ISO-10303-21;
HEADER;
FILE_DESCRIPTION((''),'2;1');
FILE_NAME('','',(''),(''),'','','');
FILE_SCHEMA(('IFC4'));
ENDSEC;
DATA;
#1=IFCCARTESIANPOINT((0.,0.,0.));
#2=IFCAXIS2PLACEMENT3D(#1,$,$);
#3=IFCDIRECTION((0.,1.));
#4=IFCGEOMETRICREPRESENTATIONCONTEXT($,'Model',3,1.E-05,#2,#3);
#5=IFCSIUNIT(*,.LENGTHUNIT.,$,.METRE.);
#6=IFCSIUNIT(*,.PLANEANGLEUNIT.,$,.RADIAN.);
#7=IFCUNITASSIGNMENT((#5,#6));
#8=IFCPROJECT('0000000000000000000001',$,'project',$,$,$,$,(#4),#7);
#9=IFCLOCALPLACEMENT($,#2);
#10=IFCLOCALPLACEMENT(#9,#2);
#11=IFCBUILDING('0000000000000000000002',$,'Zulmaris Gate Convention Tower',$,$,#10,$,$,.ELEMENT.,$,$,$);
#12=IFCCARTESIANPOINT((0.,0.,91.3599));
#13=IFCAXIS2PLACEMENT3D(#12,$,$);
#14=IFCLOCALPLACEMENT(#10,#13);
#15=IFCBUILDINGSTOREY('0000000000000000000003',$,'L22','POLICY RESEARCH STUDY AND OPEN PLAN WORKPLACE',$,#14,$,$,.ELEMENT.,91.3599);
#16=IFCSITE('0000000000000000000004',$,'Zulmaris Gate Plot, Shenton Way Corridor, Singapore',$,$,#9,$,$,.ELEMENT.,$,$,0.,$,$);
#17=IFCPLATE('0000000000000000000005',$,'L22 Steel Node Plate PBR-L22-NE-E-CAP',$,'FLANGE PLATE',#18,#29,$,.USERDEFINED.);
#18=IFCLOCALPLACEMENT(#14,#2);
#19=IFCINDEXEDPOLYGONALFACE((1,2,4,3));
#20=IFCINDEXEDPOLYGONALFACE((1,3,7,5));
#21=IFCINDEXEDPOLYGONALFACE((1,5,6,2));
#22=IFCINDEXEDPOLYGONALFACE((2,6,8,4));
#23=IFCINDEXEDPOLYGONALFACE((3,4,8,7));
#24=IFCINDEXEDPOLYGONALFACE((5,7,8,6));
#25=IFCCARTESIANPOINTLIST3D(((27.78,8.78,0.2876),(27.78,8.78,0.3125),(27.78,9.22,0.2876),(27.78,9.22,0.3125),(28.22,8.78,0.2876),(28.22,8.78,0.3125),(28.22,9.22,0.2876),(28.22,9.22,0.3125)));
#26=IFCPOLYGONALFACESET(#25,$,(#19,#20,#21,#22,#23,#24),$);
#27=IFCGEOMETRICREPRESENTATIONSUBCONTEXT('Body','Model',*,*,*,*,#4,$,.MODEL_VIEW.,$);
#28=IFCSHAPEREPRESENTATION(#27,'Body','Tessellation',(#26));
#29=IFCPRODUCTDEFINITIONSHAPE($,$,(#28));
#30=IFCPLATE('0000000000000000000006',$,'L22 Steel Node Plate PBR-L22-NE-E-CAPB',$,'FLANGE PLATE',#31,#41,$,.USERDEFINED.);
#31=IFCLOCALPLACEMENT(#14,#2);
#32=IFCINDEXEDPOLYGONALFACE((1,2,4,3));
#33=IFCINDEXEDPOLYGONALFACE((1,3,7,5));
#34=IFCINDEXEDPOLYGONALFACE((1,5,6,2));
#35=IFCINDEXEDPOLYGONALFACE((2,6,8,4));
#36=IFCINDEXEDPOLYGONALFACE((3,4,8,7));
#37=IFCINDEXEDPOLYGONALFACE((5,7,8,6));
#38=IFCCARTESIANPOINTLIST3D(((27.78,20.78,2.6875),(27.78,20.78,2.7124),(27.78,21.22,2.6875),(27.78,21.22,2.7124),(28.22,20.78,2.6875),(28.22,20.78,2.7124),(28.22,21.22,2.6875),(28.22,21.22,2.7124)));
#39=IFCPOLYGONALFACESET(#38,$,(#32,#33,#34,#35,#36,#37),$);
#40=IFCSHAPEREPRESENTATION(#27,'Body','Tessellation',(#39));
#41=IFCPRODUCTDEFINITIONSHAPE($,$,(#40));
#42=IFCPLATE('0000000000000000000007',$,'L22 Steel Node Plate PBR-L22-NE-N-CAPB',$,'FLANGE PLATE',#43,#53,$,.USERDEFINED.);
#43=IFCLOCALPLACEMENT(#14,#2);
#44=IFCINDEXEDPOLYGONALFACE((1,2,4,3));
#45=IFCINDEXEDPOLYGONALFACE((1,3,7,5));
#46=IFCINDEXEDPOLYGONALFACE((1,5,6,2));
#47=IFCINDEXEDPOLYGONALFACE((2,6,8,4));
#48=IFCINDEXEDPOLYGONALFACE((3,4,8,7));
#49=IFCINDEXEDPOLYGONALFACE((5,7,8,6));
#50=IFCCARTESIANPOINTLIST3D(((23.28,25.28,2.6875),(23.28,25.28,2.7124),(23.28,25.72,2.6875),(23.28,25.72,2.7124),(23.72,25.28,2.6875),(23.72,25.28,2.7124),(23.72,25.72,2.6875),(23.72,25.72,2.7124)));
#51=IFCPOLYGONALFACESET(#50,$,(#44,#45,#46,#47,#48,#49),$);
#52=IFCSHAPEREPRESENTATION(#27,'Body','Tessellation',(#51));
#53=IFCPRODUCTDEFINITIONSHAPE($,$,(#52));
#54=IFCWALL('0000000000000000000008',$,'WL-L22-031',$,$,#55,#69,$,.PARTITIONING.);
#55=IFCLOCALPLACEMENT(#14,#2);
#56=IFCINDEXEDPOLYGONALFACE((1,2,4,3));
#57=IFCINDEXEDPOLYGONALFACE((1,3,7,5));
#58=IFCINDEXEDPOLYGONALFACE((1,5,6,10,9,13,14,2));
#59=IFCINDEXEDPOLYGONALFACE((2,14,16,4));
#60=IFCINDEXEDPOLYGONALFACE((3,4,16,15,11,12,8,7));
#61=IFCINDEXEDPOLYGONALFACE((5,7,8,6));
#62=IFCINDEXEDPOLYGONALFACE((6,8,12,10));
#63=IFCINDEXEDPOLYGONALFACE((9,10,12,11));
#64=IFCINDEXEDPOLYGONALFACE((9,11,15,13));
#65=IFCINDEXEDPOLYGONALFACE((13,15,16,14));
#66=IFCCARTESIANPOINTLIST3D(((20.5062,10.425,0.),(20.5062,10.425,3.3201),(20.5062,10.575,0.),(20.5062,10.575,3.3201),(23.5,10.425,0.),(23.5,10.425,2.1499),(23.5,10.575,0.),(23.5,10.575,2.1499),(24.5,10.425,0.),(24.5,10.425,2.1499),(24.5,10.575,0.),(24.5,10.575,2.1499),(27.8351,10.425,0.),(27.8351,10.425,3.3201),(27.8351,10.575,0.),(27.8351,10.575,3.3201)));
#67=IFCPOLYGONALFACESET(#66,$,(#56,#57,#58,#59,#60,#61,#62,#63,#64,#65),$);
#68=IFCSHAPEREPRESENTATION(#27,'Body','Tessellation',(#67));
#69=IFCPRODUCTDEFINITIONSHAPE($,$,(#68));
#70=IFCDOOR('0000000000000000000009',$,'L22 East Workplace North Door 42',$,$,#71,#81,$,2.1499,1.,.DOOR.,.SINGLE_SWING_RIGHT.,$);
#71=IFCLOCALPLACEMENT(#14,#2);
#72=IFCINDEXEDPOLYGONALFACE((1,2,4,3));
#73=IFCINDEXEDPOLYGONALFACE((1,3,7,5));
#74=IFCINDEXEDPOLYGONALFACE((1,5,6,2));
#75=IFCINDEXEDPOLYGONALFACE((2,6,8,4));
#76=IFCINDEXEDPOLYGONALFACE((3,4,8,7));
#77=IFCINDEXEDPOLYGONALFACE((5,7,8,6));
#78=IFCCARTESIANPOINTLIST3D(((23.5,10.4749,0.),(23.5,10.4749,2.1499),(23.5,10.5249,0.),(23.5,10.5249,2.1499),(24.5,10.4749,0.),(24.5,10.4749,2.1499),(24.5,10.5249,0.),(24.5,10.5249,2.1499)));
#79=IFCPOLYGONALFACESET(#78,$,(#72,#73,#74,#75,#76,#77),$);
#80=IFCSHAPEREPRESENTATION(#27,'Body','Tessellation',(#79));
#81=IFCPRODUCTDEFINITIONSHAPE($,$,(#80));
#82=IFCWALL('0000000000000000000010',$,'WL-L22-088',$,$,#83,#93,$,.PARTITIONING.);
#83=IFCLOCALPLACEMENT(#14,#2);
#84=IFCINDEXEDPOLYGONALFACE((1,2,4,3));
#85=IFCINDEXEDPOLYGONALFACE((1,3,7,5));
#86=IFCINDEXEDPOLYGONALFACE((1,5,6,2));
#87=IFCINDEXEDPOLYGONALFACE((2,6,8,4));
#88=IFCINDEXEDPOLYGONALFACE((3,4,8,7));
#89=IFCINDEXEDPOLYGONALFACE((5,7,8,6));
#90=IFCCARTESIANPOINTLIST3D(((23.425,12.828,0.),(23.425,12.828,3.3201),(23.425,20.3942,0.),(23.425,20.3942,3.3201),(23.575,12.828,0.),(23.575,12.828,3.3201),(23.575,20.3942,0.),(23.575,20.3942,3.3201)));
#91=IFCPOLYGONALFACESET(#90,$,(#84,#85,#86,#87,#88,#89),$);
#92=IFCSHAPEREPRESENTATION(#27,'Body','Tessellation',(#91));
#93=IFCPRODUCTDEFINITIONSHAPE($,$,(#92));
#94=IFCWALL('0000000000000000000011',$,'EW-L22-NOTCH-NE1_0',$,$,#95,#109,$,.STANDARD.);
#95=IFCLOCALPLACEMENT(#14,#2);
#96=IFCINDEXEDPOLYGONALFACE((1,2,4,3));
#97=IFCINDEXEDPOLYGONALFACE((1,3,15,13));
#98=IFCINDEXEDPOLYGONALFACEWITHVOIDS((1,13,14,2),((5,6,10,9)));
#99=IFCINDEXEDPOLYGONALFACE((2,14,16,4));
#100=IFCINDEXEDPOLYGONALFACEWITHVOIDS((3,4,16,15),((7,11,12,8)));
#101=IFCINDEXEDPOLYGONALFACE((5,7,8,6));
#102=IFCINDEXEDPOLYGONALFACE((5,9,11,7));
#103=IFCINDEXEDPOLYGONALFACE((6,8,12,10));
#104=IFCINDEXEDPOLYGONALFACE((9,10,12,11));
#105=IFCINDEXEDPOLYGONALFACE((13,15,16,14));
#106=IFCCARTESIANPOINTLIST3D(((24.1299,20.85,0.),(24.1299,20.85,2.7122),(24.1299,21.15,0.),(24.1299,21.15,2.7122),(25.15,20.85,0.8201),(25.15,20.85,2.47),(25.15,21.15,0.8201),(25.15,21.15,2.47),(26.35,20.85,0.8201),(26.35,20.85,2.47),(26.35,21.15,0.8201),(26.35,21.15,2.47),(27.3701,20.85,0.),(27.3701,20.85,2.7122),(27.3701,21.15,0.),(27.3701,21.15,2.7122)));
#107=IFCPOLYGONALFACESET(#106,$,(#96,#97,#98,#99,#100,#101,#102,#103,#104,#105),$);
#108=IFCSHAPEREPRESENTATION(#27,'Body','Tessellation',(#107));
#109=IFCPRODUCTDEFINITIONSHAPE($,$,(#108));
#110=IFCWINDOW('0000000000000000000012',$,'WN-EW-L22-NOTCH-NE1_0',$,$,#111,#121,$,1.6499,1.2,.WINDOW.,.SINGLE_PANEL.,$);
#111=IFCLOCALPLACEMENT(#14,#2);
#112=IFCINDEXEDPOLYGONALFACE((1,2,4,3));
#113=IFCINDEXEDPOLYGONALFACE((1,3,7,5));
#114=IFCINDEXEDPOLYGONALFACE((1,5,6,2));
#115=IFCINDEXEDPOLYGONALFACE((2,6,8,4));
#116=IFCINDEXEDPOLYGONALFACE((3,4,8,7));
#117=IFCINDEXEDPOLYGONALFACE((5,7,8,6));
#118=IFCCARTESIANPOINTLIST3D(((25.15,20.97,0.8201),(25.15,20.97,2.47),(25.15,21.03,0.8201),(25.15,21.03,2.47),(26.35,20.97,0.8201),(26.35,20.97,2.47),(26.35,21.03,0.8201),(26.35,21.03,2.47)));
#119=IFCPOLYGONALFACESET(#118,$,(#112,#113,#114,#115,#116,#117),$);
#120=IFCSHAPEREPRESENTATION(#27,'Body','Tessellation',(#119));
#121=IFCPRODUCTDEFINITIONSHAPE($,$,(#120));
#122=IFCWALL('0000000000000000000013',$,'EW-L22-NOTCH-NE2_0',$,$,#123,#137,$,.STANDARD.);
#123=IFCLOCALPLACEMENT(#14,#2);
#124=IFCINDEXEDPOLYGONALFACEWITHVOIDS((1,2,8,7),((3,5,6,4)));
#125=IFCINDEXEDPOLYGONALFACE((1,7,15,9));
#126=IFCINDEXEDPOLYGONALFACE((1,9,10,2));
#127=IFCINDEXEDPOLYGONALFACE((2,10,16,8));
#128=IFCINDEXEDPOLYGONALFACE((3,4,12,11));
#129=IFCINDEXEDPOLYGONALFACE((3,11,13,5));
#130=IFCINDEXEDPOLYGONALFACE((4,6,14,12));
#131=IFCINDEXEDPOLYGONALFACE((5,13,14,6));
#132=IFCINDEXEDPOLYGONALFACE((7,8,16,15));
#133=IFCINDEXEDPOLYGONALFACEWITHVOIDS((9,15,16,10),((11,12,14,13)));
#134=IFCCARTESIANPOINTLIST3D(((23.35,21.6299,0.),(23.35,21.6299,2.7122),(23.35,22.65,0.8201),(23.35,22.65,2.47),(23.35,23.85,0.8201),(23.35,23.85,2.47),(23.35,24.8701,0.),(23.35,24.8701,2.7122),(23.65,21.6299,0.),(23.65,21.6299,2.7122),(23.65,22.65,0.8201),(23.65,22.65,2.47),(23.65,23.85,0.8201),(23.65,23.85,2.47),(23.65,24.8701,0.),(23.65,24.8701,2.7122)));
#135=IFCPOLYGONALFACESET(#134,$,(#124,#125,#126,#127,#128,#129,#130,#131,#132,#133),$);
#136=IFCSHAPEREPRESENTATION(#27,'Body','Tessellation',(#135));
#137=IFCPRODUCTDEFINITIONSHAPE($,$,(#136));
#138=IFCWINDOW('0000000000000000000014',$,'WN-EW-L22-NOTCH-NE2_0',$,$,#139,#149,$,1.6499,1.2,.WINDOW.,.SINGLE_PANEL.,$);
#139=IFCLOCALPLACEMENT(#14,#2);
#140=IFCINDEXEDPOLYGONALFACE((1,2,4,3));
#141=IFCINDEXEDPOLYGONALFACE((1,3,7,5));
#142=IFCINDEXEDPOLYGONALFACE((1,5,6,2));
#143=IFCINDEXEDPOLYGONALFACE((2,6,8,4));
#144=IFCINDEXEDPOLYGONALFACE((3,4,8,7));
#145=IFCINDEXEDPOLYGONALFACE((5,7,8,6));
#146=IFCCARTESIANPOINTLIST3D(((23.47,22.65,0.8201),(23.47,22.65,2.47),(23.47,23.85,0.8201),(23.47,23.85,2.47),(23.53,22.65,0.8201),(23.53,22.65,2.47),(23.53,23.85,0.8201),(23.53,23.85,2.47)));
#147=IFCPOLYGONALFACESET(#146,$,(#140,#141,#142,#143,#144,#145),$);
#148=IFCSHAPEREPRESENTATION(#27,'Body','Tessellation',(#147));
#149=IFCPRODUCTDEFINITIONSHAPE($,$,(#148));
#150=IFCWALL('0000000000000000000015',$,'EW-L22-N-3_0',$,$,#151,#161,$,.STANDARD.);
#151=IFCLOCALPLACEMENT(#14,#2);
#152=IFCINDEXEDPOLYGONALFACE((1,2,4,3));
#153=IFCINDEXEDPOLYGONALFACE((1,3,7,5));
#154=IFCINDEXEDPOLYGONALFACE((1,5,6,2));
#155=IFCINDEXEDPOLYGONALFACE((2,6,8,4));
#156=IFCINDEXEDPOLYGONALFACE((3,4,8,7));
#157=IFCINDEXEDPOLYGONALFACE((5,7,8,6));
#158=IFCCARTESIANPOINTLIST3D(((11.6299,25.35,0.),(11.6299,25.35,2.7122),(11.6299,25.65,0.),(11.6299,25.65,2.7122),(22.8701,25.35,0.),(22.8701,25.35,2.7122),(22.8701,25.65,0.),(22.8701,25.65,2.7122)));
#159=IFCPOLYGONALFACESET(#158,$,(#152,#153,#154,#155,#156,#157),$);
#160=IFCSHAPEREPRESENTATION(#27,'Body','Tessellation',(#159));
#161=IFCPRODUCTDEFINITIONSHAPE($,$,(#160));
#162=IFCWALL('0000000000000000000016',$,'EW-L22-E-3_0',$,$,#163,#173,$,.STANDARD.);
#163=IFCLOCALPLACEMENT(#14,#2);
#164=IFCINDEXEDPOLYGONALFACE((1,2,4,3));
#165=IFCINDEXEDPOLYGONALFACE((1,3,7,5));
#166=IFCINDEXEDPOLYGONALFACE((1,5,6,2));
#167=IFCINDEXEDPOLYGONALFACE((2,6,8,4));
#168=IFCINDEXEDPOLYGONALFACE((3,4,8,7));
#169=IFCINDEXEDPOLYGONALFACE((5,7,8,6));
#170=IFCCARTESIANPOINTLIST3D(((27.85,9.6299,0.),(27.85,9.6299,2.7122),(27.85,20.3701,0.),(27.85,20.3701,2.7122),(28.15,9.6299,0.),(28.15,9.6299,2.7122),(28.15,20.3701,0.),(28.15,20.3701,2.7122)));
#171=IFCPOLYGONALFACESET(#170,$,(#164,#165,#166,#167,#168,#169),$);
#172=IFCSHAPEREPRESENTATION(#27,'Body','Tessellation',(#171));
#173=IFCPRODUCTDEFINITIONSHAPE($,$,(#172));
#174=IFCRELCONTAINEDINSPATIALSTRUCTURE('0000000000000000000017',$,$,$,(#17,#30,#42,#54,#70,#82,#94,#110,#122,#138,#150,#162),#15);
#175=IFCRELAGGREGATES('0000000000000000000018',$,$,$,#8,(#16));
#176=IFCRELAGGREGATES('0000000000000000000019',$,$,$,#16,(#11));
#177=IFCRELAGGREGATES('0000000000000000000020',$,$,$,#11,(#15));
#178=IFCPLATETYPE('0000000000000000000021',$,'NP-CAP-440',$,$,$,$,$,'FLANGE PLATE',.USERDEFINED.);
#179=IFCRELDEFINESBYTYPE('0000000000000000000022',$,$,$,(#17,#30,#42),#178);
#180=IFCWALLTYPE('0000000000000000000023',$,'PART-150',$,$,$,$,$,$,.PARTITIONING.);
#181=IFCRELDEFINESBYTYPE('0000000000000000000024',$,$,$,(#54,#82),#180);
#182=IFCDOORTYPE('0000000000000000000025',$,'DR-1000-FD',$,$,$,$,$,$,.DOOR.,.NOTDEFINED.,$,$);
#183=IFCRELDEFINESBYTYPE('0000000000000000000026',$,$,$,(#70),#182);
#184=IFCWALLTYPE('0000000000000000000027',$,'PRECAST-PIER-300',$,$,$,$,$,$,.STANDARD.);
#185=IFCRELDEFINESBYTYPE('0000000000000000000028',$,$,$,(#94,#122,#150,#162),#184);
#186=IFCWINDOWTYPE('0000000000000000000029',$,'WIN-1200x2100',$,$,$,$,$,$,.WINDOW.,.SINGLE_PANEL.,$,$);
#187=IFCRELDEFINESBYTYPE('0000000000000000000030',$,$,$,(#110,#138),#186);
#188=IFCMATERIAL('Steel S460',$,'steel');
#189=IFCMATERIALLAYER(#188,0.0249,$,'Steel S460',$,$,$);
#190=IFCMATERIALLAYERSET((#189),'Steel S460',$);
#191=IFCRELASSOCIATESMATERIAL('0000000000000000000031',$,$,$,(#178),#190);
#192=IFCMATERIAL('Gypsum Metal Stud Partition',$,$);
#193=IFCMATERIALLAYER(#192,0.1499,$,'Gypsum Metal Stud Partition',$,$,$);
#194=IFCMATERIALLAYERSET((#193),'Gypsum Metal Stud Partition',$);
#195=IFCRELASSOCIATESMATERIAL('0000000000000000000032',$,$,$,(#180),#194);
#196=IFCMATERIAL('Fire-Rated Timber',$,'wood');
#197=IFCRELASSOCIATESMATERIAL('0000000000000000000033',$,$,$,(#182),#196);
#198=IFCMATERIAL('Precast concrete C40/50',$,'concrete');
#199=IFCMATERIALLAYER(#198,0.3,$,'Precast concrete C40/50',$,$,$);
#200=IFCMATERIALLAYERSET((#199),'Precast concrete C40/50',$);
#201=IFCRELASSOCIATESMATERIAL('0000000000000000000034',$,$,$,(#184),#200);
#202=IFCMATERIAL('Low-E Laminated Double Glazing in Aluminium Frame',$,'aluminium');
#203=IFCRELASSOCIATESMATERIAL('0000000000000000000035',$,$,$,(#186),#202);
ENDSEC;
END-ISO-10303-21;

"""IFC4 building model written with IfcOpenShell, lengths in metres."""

from ifc_helpers import new_model, si_unit, direction, frame, frame_2d, origin, origin_2d, place, context, subcontext, project, spatial, rectangle, extrude, material, layer, layer_set, type_object, element, fill, save


model = new_model("IFC4")

# Units and contexts
model_context = context("Model", 3, precision=1e-05, world=origin(), true_north=direction((0.0, 1.0)))
body_context = subcontext(model_context, "Body", "Model", "MODEL_VIEW")
ifc_project = project(units=[si_unit("LENGTHUNIT", "METRE"), si_unit("PLANEANGLEUNIT", "RADIAN")], contexts=[model_context])

# Site, building, storey
site_placement = place(None, origin())
site = spatial("IfcSite", under=ifc_project, at=site_placement, Name="Zulmaris Gate Plot, Shenton Way Corridor, Singapore", CompositionType="ELEMENT", RefElevation=0.0)
building_placement = place(site_placement, origin())
building = spatial("IfcBuilding", under=site, at=building_placement, Name="Zulmaris Gate Convention Tower", CompositionType="ELEMENT")
storey_placement = place(building_placement, frame((0.0, 0.0, 91.3599)))
storey = spatial("IfcBuildingStorey", under=building, at=storey_placement, Name="L22", Description="POLICY RESEARCH STUDY AND OPEN PLAN WORKPLACE", CompositionType="ELEMENT", Elevation=91.3599)

# Shared definitions
ifc_material_1 = material(Name="Steel S460", Category="steel")

# Plates
ifc_layer_1 = layer(ifc_material_1, 0.0249, Name="Steel S460")
ifc_layer_set_1 = layer_set([ifc_layer_1], Name="Steel S460")
plate_type = type_object("IfcPlateType", Name="NP-CAP-440", ElementType="FLANGE PLATE", PredefinedType="USERDEFINED", material=ifc_layer_set_1)
for number, where, z_axis, x_axis, name in (
    (1, (28.0, 9.0, 0.2876), (0.0, 0.0, 1.0), (1.0, 0.0, 0.0), "L22 Steel Node Plate PBR-L22-NE-E-CAP"),
    (2, (28.0, 21.0, 2.6875), (0.0, 0.0, 1.0), (1.0, 0.0, 0.0), "L22 Steel Node Plate PBR-L22-NE-E-CAPB"),
    (3, (23.5, 25.5, 2.6875), (0.0, 0.0, 1.0), (1.0, 0.0, 0.0), "L22 Steel Node Plate PBR-L22-NE-N-CAPB"),
):
    element("IfcPlate", number, at=place(storey_placement, frame(where, z_axis=z_axis, x_axis=x_axis)), inside=storey, type_object=plate_type, Name=name, ObjectType="FLANGE PLATE", PredefinedType="USERDEFINED", context=body_context, shape_type="SweptSolid", body=[
        extrude(rectangle(XDim=0.4399, YDim=0.4399, at=origin_2d()), origin(), (0.0, 0.0, 1.0), 0.0249),
    ])

# Wall, opening, door
ifc_material_2 = material(Name="Gypsum Metal Stud Partition")
ifc_layer_2 = layer(ifc_material_2, 0.1499, Name="Gypsum Metal Stud Partition")
ifc_layer_set_2 = layer_set([ifc_layer_2], Name="Gypsum Metal Stud Partition")
wall_type_1 = type_object("IfcWallType", Name="PART-150", PredefinedType="PARTITIONING", material=ifc_layer_set_2)
wall_1_placement = place(storey_placement, frame((20.5061, 10.5, 0.0), z_axis=(0.0, 0.0, 1.0), x_axis=(1.0, 0.0, 0.0)))
wall_1 = element("IfcWall", 4, at=wall_1_placement, inside=storey, type_object=wall_type_1, Name="WL-L22-031", PredefinedType="PARTITIONING", context=body_context, shape_type="SweptSolid", body=[
    extrude(rectangle(XDim=7.3289, YDim=0.1499, at=frame_2d((3.6646, 0.0))), origin(), (0.0, 0.0, 1.0), 3.3201),
])
opening_1_placement = place(wall_1_placement, frame((2.9939, 0.0, 0.0)))
opening_1 = element("IfcOpeningElement", 5, at=opening_1_placement, cuts=wall_1, PredefinedType="OPENING", context=body_context, shape_type="SweptSolid", body=[
    extrude(rectangle(XDim=1.0, YDim=2.1499, at=frame_2d((0.5, 1.075))), frame((0.0, 0.085, 0.0), z_axis=(0.0, -1.0, 0.0), x_axis=(1.0, 0.0, 0.0)), (0.0, 0.0, 1.0), 0.1699),
])
ifc_material_3 = material(Name="Fire-Rated Timber", Category="wood")
door_type_1 = type_object("IfcDoorType", Name="DR-1000-FD", OperationType="NOTDEFINED", PredefinedType="DOOR", material=ifc_material_3)
door_1_placement = place(opening_1_placement, origin())
door_1 = element("IfcDoor", 6, at=door_1_placement, inside=storey, type_object=door_type_1, Name="L22 East Workplace North Door 42", OperationType="SINGLE_SWING_RIGHT", OverallHeight=2.1499, OverallWidth=1.0, PredefinedType="DOOR", context=body_context, shape_type="SweptSolid", body=[
    extrude(rectangle(XDim=1.0, YDim=2.1499, at=frame_2d((0.5, 1.075))), frame((0.0, 0.0249, 0.0), z_axis=(0.0, -1.0, 0.0), x_axis=(1.0, 0.0, 0.0)), (0.0, 0.0, 1.0), 0.05),
])
fill(opening_1, door_1)

# Wall
wall_2_placement = place(storey_placement, frame((23.5, 12.8279, 0.0), z_axis=(0.0, 0.0, 1.0), x_axis=(0.0, 1.0, 0.0)))
element("IfcWall", 7, at=wall_2_placement, inside=storey, type_object=wall_type_1, Name="WL-L22-088", PredefinedType="PARTITIONING", context=body_context, shape_type="SweptSolid", body=[
    extrude(rectangle(XDim=7.5662, YDim=0.1499, at=frame_2d((3.7832, 0.0))), origin(), (0.0, 0.0, 1.0), 3.3201),
])

# Walls, openings, windows
ifc_material_4 = material(Name="Precast concrete C40/50", Category="concrete")
ifc_layer_3 = layer(ifc_material_4, 0.3, Name="Precast concrete C40/50")
ifc_layer_set_3 = layer_set([ifc_layer_3], Name="Precast concrete C40/50")
wall_type_2 = type_object("IfcWallType", Name="PRECAST-PIER-300", PredefinedType="STANDARD", material=ifc_layer_set_3)
wall_3_placement = place(storey_placement, frame((27.3701, 21.0, 0.0), z_axis=(0.0, 0.0, 1.0), x_axis=(-1.0, 0.0, 0.0)))
wall_3 = element("IfcWall", 8, at=wall_3_placement, inside=storey, type_object=wall_type_2, Name="EW-L22-NOTCH-NE1_0", PredefinedType="STANDARD", context=body_context, shape_type="SweptSolid", body=[
    extrude(rectangle(XDim=3.2402, YDim=0.3, at=frame_2d((1.6201, 0.0))), origin(), (0.0, 0.0, 1.0), 2.7122),
])
opening_2_placement = place(wall_3_placement, frame((1.02, 0.0, 0.8201)))
opening_2 = element("IfcOpeningElement", 9, at=opening_2_placement, cuts=wall_3, PredefinedType="OPENING", context=body_context, shape_type="SweptSolid", body=[
    extrude(rectangle(XDim=1.2, YDim=1.6499, at=frame_2d((0.6001, 0.825))), frame((0.0, 0.1602, 0.0), z_axis=(0.0, -1.0, 0.0), x_axis=(1.0, 0.0, 0.0)), (0.0, 0.0, 1.0), 0.3201),
])
ifc_material_5 = material(Name="Low-E Laminated Double Glazing in Aluminium Frame", Category="aluminium")
window_type = type_object("IfcWindowType", Name="WIN-1200x2100", PartitioningType="SINGLE_PANEL", PredefinedType="WINDOW", material=ifc_material_5)
window_1_placement = place(opening_2_placement, origin())
window_1 = element("IfcWindow", 10, at=window_1_placement, inside=storey, type_object=window_type, Name="WN-EW-L22-NOTCH-NE1_0", OverallHeight=1.6499, OverallWidth=1.2, PartitioningType="SINGLE_PANEL", PredefinedType="WINDOW", context=body_context, shape_type="SweptSolid", body=[
    extrude(rectangle(XDim=1.2, YDim=1.6499, at=frame_2d((0.6001, 0.825))), frame((0.0, 0.03, 0.0), z_axis=(0.0, -1.0, 0.0), x_axis=(1.0, 0.0, 0.0)), (0.0, 0.0, 1.0), 0.0601),
])
fill(opening_2, window_1)
wall_4_placement = place(storey_placement, frame((23.5, 21.6299, 0.0), z_axis=(0.0, 0.0, 1.0), x_axis=(0.0, 1.0, 0.0)))
wall_4 = element("IfcWall", 11, at=wall_4_placement, inside=storey, type_object=wall_type_2, Name="EW-L22-NOTCH-NE2_0", PredefinedType="STANDARD", context=body_context, shape_type="SweptSolid", body=[
    extrude(rectangle(XDim=3.2402, YDim=0.3, at=frame_2d((1.6201, 0.0))), origin(), (0.0, 0.0, 1.0), 2.7122),
])
opening_3_placement = place(wall_4_placement, frame((1.02, 0.0, 0.8201)))
opening_3 = element("IfcOpeningElement", 12, at=opening_3_placement, cuts=wall_4, PredefinedType="OPENING", context=body_context, shape_type="SweptSolid", body=[
    extrude(rectangle(XDim=1.2, YDim=1.6499, at=frame_2d((0.6001, 0.825))), frame((0.0, 0.1602, 0.0), z_axis=(0.0, -1.0, 0.0), x_axis=(1.0, 0.0, 0.0)), (0.0, 0.0, 1.0), 0.3201),
])
window_2_placement = place(opening_3_placement, origin())
window_2 = element("IfcWindow", 13, at=window_2_placement, inside=storey, type_object=window_type, Name="WN-EW-L22-NOTCH-NE2_0", OverallHeight=1.6499, OverallWidth=1.2, PartitioningType="SINGLE_PANEL", PredefinedType="WINDOW", context=body_context, shape_type="SweptSolid", body=[
    extrude(rectangle(XDim=1.2, YDim=1.6499, at=frame_2d((0.6001, 0.825))), frame((0.0, 0.03, 0.0), z_axis=(0.0, -1.0, 0.0), x_axis=(1.0, 0.0, 0.0)), (0.0, 0.0, 1.0), 0.0601),
])
fill(opening_3, window_2)

# Walls
wall_5_placement = place(storey_placement, frame((22.8701, 25.5, 0.0), z_axis=(0.0, 0.0, 1.0), x_axis=(-1.0, 0.0, 0.0)))
element("IfcWall", 14, at=wall_5_placement, inside=storey, type_object=wall_type_2, Name="EW-L22-N-3_0", PredefinedType="STANDARD", context=body_context, shape_type="SweptSolid", body=[
    extrude(rectangle(XDim=11.2402, YDim=0.3, at=frame_2d((5.6201, 0.0))), origin(), (0.0, 0.0, 1.0), 2.7122),
])
wall_6_placement = place(storey_placement, frame((28.0, 9.6299, 0.0), z_axis=(0.0, 0.0, 1.0), x_axis=(0.0, 1.0, 0.0)))
element("IfcWall", 15, at=wall_6_placement, inside=storey, type_object=wall_type_2, Name="EW-L22-E-3_0", PredefinedType="STANDARD", context=body_context, shape_type="SweptSolid", body=[
    extrude(rectangle(XDim=10.7402, YDim=0.3, at=frame_2d((5.3701, 0.0))), origin(), (0.0, 0.0, 1.0), 2.7122),
])

save(model, "model.ifc")
